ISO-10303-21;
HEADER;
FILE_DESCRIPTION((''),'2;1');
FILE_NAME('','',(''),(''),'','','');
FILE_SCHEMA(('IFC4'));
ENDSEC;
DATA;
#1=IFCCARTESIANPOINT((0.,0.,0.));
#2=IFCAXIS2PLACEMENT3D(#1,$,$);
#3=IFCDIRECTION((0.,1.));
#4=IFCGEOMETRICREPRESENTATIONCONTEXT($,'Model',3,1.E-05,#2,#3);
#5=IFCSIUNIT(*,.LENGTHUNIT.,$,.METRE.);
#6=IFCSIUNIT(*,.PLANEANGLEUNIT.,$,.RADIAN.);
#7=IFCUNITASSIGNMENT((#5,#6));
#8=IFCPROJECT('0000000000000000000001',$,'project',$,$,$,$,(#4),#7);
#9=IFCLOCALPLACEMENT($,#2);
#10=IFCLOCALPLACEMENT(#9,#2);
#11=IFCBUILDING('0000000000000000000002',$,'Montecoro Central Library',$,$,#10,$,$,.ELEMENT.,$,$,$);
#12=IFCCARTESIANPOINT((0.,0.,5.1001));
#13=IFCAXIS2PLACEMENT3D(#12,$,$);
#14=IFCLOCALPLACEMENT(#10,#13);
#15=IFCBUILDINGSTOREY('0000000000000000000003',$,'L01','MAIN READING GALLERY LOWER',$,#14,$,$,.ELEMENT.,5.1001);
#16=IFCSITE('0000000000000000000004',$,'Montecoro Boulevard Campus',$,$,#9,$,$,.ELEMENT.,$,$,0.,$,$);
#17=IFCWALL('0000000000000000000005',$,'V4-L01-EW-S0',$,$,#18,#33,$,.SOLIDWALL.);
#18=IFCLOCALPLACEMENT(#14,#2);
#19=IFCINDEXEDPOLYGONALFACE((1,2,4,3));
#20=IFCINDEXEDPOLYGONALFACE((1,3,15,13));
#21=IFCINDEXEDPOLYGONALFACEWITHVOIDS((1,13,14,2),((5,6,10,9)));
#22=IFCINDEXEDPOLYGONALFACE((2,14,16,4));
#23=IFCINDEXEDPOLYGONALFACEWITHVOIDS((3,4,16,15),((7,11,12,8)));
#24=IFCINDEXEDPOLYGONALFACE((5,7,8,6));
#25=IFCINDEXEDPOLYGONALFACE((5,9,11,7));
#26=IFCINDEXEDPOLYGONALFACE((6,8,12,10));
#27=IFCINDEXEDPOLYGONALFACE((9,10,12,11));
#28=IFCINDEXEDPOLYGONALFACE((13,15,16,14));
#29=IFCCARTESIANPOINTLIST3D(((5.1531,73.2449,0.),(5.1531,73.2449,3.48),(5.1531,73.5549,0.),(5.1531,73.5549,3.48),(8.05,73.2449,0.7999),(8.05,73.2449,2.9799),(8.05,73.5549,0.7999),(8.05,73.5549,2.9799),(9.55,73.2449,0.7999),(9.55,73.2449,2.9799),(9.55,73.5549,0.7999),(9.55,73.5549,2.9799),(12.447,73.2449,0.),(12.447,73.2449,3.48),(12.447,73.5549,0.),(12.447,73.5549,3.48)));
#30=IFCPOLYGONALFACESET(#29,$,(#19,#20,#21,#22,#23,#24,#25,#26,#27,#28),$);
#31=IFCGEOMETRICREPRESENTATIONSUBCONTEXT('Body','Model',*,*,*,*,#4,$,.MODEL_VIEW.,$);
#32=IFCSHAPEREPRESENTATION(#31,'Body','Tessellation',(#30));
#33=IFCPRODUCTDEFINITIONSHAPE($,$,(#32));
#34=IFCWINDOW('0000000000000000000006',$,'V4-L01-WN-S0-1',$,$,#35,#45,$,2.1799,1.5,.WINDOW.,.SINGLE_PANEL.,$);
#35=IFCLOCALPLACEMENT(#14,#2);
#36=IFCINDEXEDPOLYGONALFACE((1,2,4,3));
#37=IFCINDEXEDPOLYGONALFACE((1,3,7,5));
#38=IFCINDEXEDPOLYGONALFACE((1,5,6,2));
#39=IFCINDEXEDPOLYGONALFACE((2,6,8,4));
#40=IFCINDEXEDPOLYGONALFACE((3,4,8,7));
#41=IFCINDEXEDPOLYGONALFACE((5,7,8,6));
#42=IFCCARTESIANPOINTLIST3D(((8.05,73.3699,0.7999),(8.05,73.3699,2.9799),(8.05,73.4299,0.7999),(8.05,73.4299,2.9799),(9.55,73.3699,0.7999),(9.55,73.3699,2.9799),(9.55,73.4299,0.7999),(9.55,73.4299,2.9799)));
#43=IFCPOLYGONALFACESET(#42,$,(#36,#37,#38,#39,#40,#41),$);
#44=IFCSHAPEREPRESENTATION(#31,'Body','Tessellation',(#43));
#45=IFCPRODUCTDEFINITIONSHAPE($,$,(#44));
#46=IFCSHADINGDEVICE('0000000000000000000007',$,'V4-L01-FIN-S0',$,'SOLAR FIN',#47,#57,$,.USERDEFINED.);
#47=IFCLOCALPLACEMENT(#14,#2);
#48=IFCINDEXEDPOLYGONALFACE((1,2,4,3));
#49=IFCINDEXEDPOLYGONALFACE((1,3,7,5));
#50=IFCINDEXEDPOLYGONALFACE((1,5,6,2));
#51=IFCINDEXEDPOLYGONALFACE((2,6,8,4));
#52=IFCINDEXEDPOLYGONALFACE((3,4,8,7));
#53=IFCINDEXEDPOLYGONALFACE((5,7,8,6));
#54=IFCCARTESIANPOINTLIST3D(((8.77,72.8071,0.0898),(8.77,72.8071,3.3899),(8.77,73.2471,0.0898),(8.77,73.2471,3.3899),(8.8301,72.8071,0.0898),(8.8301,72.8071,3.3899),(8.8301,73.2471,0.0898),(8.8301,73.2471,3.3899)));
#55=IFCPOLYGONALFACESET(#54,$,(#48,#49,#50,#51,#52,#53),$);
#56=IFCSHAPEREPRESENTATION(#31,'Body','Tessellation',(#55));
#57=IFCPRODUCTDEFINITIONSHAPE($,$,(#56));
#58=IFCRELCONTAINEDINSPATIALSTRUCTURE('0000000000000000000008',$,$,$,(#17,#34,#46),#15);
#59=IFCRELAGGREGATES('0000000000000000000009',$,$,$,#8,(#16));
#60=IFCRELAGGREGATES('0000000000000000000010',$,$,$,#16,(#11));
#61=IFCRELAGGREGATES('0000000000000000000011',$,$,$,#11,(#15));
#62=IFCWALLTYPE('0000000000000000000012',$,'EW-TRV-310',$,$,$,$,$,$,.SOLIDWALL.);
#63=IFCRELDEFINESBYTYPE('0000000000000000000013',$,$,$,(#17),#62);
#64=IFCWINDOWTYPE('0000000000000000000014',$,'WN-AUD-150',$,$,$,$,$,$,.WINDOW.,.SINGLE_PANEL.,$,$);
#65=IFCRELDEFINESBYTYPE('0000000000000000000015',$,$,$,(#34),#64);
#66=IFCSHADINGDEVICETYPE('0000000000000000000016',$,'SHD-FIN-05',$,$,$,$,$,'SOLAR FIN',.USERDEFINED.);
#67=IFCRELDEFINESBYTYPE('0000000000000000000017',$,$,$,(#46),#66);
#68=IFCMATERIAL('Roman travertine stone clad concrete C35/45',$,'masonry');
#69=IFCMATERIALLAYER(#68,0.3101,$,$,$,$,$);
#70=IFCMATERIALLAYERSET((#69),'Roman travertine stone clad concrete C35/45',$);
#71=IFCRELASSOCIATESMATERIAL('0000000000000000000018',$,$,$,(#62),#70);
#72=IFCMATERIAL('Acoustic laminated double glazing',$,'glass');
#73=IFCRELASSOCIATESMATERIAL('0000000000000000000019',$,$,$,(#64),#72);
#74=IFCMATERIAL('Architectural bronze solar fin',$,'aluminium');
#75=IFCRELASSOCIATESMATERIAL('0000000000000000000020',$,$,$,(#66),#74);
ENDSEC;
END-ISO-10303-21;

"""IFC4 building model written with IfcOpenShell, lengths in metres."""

from ifc_helpers import new_model, si_unit, direction, frame, frame_2d, origin, origin_2d, place, context, subcontext, project, spatial, rectangle, extrude, material, layer, layer_set, type_object, element, fill, save


model = new_model("IFC4")

# Units and contexts
model_context = context("Model", 3, precision=1e-05, world=origin(), true_north=direction((0.0, 1.0)))
body_context = subcontext(model_context, "Body", "Model", "MODEL_VIEW")
ifc_project = project(units=[si_unit("LENGTHUNIT", "METRE"), si_unit("PLANEANGLEUNIT", "RADIAN")], contexts=[model_context])

# Site, building, storey
site_placement = place(None, origin())
site = spatial("IfcSite", under=ifc_project, at=site_placement, Name="Montecoro Boulevard Campus", CompositionType="ELEMENT", RefElevation=0.0)
building_placement = place(site_placement, origin())
building = spatial("IfcBuilding", under=site, at=building_placement, Name="Montecoro Central Library", CompositionType="ELEMENT")
storey_placement = place(building_placement, frame((0.0, 0.0, 5.1001)))
storey = spatial("IfcBuildingStorey", under=building, at=storey_placement, Name="L01", Description="MAIN READING GALLERY LOWER", CompositionType="ELEMENT", Elevation=5.1001)

# Wall, opening, window
ifc_material_1 = material(Name="Roman travertine stone clad concrete C35/45", Category="masonry")
ifc_layer_1 = layer(ifc_material_1, 0.3101)
ifc_layer_set_1 = layer_set([ifc_layer_1], Name="Roman travertine stone clad concrete C35/45")
wall_type = type_object("IfcWallType", Name="EW-TRV-310", PredefinedType="SOLIDWALL", material=ifc_layer_set_1)
wall_placement = place(storey_placement, frame((5.1531, 73.3999, 0.0), z_axis=(0.0, 0.0, 1.0), x_axis=(1.0, 0.0, 0.0)))
wall = element("IfcWall", 1, at=wall_placement, inside=storey, type_object=wall_type, Name="V4-L01-EW-S0", PredefinedType="SOLIDWALL", context=body_context, shape_type="SweptSolid", body=[
    extrude(rectangle(XDim=7.2939, YDim=0.3101, at=frame_2d((3.647, 0.0))), origin(), (0.0, 0.0, 1.0), 3.48),
])
opening_placement = place(wall_placement, frame((2.897, 0.0, 0.8)))
opening = element("IfcOpeningElement", 2, at=opening_placement, cuts=wall, PredefinedType="OPENING", context=body_context, shape_type="SweptSolid", body=[
    extrude(rectangle(XDim=1.5, YDim=2.1799, at=frame_2d((0.75, 1.0898))), frame((0.0, 0.165, 0.0), z_axis=(0.0, -1.0, 0.0), x_axis=(1.0, 0.0, 0.0)), (0.0, 0.0, 1.0), 0.3301),
])
ifc_material_2 = material(Name="Acoustic laminated double glazing", Category="glass")
window_type = type_object("IfcWindowType", Name="WN-AUD-150", PartitioningType="SINGLE_PANEL", PredefinedType="WINDOW", material=ifc_material_2)
window_placement = place(opening_placement, origin())
window = element("IfcWindow", 3, at=window_placement, inside=storey, type_object=window_type, Name="V4-L01-WN-S0-1", OverallHeight=2.1799, OverallWidth=1.5, PartitioningType="SINGLE_PANEL", PredefinedType="WINDOW", context=body_context, shape_type="SweptSolid", body=[
    extrude(rectangle(XDim=1.5, YDim=2.1799, at=frame_2d((0.75, 1.0898))), frame((0.0, 0.03, 0.0), z_axis=(0.0, -1.0, 0.0), x_axis=(1.0, 0.0, 0.0)), (0.0, 0.0, 1.0), 0.0601),
])
fill(opening, window)

# Shading device
ifc_material_3 = material(Name="Architectural bronze solar fin", Category="aluminium")
shading_device_type = type_object("IfcShadingDeviceType", Name="SHD-FIN-05", ElementType="SOLAR FIN", PredefinedType="USERDEFINED", material=ifc_material_3)
shading_device_placement = place(storey_placement, frame((8.8, 73.0271, 0.0898), z_axis=(0.0, 0.0, 1.0), x_axis=(1.0, 0.0, 0.0)))
element("IfcShadingDevice", 4, at=shading_device_placement, inside=storey, type_object=shading_device_type, Name="V4-L01-FIN-S0", ObjectType="SOLAR FIN", PredefinedType="USERDEFINED", context=body_context, shape_type="SweptSolid", body=[
    extrude(rectangle(XDim=0.0601, YDim=0.4399, at=origin_2d()), origin(), (0.0, 0.0, 1.0), 3.3),
])

save(model, "model.ifc")
